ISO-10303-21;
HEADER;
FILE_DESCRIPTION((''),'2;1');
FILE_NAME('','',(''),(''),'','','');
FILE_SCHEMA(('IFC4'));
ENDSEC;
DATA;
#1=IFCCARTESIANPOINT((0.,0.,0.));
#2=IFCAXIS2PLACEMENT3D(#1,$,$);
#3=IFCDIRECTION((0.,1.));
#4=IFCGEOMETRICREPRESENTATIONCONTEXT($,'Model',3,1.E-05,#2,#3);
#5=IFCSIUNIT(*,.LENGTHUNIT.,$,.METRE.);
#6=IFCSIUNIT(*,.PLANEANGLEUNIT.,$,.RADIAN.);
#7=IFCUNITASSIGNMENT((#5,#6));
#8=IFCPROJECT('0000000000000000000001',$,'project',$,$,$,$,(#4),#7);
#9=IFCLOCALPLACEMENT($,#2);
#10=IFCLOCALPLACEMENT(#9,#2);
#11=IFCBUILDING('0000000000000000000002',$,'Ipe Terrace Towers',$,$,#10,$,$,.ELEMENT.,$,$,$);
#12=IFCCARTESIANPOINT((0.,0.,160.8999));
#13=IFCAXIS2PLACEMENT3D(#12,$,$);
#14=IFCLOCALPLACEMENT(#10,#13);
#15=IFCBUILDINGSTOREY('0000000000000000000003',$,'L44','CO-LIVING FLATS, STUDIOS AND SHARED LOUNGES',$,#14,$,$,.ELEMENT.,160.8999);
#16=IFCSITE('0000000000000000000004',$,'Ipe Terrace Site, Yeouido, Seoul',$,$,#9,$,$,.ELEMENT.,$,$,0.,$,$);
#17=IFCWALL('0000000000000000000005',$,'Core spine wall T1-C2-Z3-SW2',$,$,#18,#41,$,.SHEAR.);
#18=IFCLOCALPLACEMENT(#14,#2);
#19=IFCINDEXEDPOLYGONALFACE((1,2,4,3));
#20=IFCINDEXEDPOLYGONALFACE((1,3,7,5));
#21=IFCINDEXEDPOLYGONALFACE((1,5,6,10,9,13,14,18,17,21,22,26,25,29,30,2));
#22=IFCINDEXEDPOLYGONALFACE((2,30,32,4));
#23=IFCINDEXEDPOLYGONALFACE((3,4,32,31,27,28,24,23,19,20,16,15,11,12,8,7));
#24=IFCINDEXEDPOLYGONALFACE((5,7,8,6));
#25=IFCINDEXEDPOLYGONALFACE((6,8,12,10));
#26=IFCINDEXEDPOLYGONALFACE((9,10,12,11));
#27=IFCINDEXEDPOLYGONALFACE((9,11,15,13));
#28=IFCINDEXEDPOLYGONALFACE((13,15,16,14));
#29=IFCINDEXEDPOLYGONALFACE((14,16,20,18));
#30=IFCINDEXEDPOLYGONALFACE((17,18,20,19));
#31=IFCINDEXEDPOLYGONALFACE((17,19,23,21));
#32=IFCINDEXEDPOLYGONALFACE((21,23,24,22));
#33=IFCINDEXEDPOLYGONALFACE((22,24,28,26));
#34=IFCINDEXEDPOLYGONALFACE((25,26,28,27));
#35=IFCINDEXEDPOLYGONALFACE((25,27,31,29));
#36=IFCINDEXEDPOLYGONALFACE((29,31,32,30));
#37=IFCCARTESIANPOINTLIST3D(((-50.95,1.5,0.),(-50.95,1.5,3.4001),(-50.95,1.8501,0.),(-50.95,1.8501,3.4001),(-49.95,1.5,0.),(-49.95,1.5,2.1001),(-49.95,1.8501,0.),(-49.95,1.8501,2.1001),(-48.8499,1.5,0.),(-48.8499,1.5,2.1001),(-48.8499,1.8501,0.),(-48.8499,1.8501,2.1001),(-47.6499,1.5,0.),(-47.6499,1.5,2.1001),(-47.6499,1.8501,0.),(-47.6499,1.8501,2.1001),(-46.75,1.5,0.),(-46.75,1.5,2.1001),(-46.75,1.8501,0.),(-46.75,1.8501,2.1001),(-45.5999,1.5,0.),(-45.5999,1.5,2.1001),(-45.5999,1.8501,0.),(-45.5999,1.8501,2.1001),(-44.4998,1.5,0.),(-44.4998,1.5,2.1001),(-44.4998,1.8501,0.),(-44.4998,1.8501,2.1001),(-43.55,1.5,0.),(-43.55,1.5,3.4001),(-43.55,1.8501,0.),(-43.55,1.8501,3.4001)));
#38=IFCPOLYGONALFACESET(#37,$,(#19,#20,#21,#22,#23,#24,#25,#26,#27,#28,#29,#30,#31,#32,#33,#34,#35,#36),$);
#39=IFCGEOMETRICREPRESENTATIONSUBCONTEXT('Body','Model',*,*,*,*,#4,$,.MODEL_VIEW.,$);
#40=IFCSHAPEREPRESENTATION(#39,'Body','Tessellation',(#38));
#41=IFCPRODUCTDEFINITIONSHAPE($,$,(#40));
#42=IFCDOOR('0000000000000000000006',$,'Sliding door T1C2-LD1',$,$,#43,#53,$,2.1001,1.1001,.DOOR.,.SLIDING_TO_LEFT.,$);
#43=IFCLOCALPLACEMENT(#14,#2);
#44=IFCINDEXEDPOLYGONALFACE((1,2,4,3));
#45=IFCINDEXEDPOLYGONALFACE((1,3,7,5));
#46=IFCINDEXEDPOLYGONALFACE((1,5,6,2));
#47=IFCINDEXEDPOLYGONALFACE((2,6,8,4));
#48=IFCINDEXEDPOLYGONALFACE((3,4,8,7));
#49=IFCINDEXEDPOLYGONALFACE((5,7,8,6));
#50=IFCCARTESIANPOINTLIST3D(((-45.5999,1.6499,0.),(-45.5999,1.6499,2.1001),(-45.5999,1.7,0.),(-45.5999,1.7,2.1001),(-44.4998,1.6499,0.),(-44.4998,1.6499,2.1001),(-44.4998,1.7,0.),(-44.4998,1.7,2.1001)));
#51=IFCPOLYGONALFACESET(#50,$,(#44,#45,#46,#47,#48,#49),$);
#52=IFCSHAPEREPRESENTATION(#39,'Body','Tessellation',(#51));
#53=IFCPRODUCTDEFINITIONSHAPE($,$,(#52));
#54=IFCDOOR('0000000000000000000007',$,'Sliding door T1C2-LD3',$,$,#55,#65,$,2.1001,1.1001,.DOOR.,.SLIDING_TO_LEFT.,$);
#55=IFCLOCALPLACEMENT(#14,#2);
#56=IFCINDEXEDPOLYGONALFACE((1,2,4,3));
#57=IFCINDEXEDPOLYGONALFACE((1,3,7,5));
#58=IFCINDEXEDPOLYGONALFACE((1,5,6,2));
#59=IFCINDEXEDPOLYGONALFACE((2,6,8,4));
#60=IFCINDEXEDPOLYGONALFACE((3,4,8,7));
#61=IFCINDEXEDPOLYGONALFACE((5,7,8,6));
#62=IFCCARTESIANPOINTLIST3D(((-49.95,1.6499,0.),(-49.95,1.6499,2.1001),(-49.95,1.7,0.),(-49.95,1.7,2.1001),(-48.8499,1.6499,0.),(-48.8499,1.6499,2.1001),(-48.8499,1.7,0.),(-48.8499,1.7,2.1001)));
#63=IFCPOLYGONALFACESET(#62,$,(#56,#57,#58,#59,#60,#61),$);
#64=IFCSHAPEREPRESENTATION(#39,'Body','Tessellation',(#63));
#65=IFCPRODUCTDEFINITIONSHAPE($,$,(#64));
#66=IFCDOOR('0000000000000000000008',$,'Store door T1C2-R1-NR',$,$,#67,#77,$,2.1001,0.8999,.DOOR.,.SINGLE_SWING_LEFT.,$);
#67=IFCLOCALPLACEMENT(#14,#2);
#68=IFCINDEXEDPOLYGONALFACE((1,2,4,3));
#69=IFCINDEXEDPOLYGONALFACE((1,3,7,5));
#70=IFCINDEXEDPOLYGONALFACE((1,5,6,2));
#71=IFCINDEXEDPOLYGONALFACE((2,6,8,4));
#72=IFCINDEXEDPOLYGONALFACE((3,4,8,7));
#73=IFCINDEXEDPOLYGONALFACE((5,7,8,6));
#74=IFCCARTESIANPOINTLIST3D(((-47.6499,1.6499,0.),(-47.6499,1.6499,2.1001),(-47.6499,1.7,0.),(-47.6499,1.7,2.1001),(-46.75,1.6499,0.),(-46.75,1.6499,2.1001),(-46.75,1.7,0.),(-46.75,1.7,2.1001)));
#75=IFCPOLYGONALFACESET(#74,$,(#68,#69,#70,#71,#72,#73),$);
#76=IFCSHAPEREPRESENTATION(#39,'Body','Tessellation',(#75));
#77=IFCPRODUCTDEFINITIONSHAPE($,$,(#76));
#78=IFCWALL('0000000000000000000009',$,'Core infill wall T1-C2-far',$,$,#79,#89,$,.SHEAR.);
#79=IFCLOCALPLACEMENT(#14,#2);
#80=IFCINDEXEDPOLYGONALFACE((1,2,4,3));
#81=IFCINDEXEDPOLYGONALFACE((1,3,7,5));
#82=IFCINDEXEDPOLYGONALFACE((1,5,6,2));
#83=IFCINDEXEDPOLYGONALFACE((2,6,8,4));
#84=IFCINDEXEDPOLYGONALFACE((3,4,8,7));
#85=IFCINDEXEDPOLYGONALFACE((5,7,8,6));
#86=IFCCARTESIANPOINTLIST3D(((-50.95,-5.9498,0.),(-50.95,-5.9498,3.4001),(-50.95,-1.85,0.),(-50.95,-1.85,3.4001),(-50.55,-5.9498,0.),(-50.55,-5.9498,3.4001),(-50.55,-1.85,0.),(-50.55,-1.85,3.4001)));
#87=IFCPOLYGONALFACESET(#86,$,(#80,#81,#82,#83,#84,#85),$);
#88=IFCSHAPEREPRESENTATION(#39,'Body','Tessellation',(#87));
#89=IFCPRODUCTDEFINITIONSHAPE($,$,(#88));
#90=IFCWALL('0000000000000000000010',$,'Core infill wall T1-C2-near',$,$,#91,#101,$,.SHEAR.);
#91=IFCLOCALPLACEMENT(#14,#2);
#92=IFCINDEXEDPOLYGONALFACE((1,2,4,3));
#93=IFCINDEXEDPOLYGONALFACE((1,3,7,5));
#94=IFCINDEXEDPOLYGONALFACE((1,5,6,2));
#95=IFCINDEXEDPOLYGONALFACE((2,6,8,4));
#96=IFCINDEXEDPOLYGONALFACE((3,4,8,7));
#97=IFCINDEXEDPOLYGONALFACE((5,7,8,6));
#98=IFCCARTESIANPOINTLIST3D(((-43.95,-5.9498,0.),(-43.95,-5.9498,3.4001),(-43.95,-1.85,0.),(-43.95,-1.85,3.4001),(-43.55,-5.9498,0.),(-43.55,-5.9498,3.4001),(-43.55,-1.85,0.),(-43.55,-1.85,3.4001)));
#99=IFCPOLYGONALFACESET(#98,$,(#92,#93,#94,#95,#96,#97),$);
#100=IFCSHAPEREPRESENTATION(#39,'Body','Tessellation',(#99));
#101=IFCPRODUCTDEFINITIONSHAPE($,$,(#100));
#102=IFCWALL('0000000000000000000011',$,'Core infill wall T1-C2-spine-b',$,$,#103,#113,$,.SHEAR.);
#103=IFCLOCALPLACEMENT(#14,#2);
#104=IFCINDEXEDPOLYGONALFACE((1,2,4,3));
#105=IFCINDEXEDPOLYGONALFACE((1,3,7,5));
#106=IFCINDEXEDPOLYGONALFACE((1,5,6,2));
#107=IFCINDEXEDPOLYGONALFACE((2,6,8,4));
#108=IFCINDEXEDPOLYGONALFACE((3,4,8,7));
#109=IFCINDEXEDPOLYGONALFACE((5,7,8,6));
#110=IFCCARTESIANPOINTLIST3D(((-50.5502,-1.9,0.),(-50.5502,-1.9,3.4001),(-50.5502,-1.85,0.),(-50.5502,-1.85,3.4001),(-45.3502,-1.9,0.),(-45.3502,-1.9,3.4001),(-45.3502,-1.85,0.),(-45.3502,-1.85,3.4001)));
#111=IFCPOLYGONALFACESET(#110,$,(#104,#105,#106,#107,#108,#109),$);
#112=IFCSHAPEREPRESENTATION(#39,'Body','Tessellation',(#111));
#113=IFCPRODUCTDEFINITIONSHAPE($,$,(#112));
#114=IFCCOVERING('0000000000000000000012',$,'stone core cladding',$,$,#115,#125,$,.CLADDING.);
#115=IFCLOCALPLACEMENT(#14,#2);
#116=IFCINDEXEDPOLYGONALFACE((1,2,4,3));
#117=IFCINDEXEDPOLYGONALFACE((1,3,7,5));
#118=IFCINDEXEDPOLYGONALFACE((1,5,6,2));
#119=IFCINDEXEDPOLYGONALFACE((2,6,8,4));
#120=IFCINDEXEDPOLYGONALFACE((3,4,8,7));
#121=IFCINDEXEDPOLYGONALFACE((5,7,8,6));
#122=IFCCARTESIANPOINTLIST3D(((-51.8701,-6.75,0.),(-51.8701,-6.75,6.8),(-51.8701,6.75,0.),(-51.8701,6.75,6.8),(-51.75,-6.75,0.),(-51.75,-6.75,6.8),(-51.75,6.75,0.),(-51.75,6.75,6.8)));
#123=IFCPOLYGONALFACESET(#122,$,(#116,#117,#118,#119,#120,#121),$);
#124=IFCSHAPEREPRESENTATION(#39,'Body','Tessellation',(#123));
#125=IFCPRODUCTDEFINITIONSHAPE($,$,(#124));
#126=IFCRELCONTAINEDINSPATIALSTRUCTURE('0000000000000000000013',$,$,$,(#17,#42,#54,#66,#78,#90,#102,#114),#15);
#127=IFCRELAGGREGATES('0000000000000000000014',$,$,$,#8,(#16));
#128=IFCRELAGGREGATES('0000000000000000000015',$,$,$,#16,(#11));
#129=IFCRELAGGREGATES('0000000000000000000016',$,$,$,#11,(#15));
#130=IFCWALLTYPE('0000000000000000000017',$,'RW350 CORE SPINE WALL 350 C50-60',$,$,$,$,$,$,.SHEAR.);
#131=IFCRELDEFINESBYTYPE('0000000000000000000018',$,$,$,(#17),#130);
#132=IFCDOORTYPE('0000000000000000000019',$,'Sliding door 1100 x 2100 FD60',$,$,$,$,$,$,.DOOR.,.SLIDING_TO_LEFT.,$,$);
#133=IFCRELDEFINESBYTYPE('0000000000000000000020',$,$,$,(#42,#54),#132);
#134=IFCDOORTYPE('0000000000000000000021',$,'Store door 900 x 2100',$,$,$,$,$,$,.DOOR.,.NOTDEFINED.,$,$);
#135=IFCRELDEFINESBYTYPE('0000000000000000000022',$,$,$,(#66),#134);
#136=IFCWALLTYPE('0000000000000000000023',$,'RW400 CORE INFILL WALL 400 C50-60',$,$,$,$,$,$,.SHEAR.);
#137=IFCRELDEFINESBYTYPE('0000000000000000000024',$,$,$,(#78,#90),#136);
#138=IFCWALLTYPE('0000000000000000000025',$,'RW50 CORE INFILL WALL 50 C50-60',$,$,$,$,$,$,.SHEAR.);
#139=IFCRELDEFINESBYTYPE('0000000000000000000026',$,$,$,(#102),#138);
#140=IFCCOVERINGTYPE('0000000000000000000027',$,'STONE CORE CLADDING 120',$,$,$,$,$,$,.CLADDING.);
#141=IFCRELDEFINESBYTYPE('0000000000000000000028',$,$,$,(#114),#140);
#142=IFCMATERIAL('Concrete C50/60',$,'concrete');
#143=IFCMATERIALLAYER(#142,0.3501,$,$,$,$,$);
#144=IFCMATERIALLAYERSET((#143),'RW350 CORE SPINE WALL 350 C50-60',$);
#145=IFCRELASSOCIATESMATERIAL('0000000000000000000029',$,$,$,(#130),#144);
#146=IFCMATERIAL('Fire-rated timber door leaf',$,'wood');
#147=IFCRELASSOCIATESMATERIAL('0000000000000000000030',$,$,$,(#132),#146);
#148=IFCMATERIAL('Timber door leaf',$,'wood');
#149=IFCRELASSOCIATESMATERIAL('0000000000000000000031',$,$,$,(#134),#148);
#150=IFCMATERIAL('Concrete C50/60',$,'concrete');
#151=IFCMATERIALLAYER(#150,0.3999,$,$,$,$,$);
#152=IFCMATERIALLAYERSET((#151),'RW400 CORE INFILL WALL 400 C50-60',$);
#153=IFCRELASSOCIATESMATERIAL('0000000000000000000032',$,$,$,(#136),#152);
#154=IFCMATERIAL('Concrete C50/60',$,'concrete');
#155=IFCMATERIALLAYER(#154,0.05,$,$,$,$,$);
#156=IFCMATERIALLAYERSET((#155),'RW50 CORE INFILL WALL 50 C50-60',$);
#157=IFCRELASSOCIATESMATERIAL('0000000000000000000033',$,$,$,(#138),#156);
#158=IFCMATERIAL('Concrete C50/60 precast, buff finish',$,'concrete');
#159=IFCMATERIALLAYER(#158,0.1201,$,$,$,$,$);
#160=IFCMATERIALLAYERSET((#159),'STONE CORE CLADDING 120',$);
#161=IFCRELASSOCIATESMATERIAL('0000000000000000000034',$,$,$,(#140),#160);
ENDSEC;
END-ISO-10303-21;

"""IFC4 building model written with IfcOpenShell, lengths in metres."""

from ifc_helpers import new_model, si_unit, direction, frame, frame_2d, origin, origin_2d, place, context, subcontext, project, spatial, rectangle, extrude, material, layer, layer_set, type_object, element, fill, save


model = new_model("IFC4")

# Units and contexts
model_context = context("Model", 3, precision=1e-05, world=origin(), true_north=direction((0.0, 1.0)))
body_context = subcontext(model_context, "Body", "Model", "MODEL_VIEW")
ifc_project = project(units=[si_unit("LENGTHUNIT", "METRE"), si_unit("PLANEANGLEUNIT", "RADIAN")], contexts=[model_context])

# Site, building, storey
site_placement = place(None, origin())
site = spatial("IfcSite", under=ifc_project, at=site_placement, Name="Ipe Terrace Site, Yeouido, Seoul", CompositionType="ELEMENT", RefElevation=0.0)
building_placement = place(site_placement, origin())
building = spatial("IfcBuilding", under=site, at=building_placement, Name="Ipe Terrace Towers", CompositionType="ELEMENT")
storey_placement = place(building_placement, frame((0.0, 0.0, 160.8999)))
storey = spatial("IfcBuildingStorey", under=building, at=storey_placement, Name="L44", Description="CO-LIVING FLATS, STUDIOS AND SHARED LOUNGES", CompositionType="ELEMENT", Elevation=160.8999)

# Shared definitions
ifc_material_1 = material(Name="Concrete C50/60", Category="concrete")
ifc_layer_1 = layer(ifc_material_1, 0.3501)
ifc_layer_set_1 = layer_set([ifc_layer_1], Name="RW350 CORE SPINE WALL 350 C50-60")
wall_type_1 = type_object("IfcWallType", Name="RW350 CORE SPINE WALL 350 C50-60", PredefinedType="SHEAR", material=ifc_layer_set_1)

# Wall, openings, doors
wall_1_placement = place(storey_placement, frame((-50.95, 1.675, 0.0), z_axis=(0.0, 0.0, 1.0), x_axis=(1.0, 0.0, 0.0)))
wall_1 = element("IfcWall", 1, at=wall_1_placement, inside=storey, type_object=wall_type_1, Name="Core spine wall T1-C2-Z3-SW2", PredefinedType="SHEAR", context=body_context, shape_type="SweptSolid", body=[
    extrude(rectangle(XDim=7.3999, YDim=0.3501, at=frame_2d((3.7, 0.0))), origin(), (0.0, 0.0, 1.0), 3.4001),
])
opening_1_placement = place(wall_1_placement, frame((5.3501, 0.0, 0.0)))
opening_1 = element("IfcOpeningElement", 2, at=opening_1_placement, cuts=wall_1, PredefinedType="OPENING", context=body_context, shape_type="SweptSolid", body=[
    extrude(rectangle(XDim=1.1001, YDim=2.1001, at=frame_2d((0.55, 1.05))), frame((0.0, 0.1851, 0.0), z_axis=(0.0, -1.0, 0.0), x_axis=(1.0, 0.0, 0.0)), (0.0, 0.0, 1.0), 0.3701),
])
opening_2_placement = place(wall_1_placement, frame((1.0, 0.0, 0.0)))
opening_2 = element("IfcOpeningElement", 3, at=opening_2_placement, cuts=wall_1, PredefinedType="OPENING", context=body_context, shape_type="SweptSolid", body=[
    extrude(rectangle(XDim=1.1001, YDim=2.1001, at=frame_2d((0.55, 1.05))), frame((0.0, 0.1851, 0.0), z_axis=(0.0, -1.0, 0.0), x_axis=(1.0, 0.0, 0.0)), (0.0, 0.0, 1.0), 0.3701),
])
opening_3_placement = place(wall_1_placement, frame((3.3, 0.0, 0.0)))
opening_3 = element("IfcOpeningElement", 4, at=opening_3_placement, cuts=wall_1, PredefinedType="OPENING", context=body_context, shape_type="SweptSolid", body=[
    extrude(rectangle(XDim=0.8999, YDim=2.1001, at=frame_2d((0.45, 1.05))), frame((0.0, 0.1851, 0.0), z_axis=(0.0, -1.0, 0.0), x_axis=(1.0, 0.0, 0.0)), (0.0, 0.0, 1.0), 0.3701),
])
ifc_material_2 = material(Name="Fire-rated timber door leaf", Category="wood")
door_type_1 = type_object("IfcDoorType", Name="Sliding door 1100 x 2100 FD60", OperationType="SLIDING_TO_LEFT", PredefinedType="DOOR", material=ifc_material_2)
door_1_placement = place(opening_1_placement, origin())
door_1 = element("IfcDoor", 5, at=door_1_placement, inside=storey, type_object=door_type_1, Name="Sliding door T1C2-LD1", OperationType="SLIDING_TO_LEFT", OverallHeight=2.1001, OverallWidth=1.1001, PredefinedType="DOOR", context=body_context, shape_type="SweptSolid", body=[
    extrude(rectangle(XDim=1.1001, YDim=2.1001, at=frame_2d((0.55, 1.05))), frame((0.0, 0.0249, 0.0), z_axis=(0.0, -1.0, 0.0), x_axis=(1.0, 0.0, 0.0)), (0.0, 0.0, 1.0), 0.05),
])
fill(opening_1, door_1)
door_2_placement = place(opening_2_placement, origin())
door_2 = element("IfcDoor", 6, at=door_2_placement, inside=storey, type_object=door_type_1, Name="Sliding door T1C2-LD3", OperationType="SLIDING_TO_LEFT", OverallHeight=2.1001, OverallWidth=1.1001, PredefinedType="DOOR", context=body_context, shape_type="SweptSolid", body=[
    extrude(rectangle(XDim=1.1001, YDim=2.1001, at=frame_2d((0.55, 1.05))), frame((0.0, 0.0249, 0.0), z_axis=(0.0, -1.0, 0.0), x_axis=(1.0, 0.0, 0.0)), (0.0, 0.0, 1.0), 0.05),
])
fill(opening_2, door_2)
ifc_material_3 = material(Name="Timber door leaf", Category="wood")
door_type_2 = type_object("IfcDoorType", Name="Store door 900 x 2100", OperationType="NOTDEFINED", PredefinedType="DOOR", material=ifc_material_3)
door_3_placement = place(opening_3_placement, origin())
door_3 = element("IfcDoor", 7, at=door_3_placement, inside=storey, type_object=door_type_2, Name="Store door T1C2-R1-NR", OperationType="SINGLE_SWING_LEFT", OverallHeight=2.1001, OverallWidth=0.8999, PredefinedType="DOOR", context=body_context, shape_type="SweptSolid", body=[
    extrude(rectangle(XDim=0.8999, YDim=2.1001, at=frame_2d((0.45, 1.05))), frame((0.0, 0.0249, 0.0), z_axis=(0.0, -1.0, 0.0), x_axis=(1.0, 0.0, 0.0)), (0.0, 0.0, 1.0), 0.05),
])
fill(opening_3, door_3)

# Walls
ifc_material_4 = material(Name="Concrete C50/60", Category="concrete")
ifc_layer_2 = layer(ifc_material_4, 0.3999)
ifc_layer_set_2 = layer_set([ifc_layer_2], Name="RW400 CORE INFILL WALL 400 C50-60")
wall_type_2 = type_object("IfcWallType", Name="RW400 CORE INFILL WALL 400 C50-60", PredefinedType="SHEAR", material=ifc_layer_set_2)
for number, where, z_axis, x_axis, name in (
    (8, (-50.75, -1.8501, 0.0), (0.0, 0.0, 1.0), (0.0, -1.0, 0.0), "Core infill wall T1-C2-far"),
    (9, (-43.75, -1.8501, 0.0), (0.0, 0.0, 1.0), (0.0, -1.0, 0.0), "Core infill wall T1-C2-near"),
):
    element("IfcWall", number, at=place(storey_placement, frame(where, z_axis=z_axis, x_axis=x_axis)), inside=storey, type_object=wall_type_2, Name=name, PredefinedType="SHEAR", context=body_context, shape_type="SweptSolid", body=[
        extrude(rectangle(XDim=4.0999, YDim=0.3999, at=frame_2d((2.0498, 0.0))), origin(), (0.0, 0.0, 1.0), 3.4001),
    ])
ifc_material_5 = material(Name="Concrete C50/60", Category="concrete")
ifc_layer_3 = layer(ifc_material_5, 0.05)
ifc_layer_set_3 = layer_set([ifc_layer_3], Name="RW50 CORE INFILL WALL 50 C50-60")
wall_type_3 = type_object("IfcWallType", Name="RW50 CORE INFILL WALL 50 C50-60", PredefinedType="SHEAR", material=ifc_layer_set_3)
wall_2_placement = place(storey_placement, frame((-45.3501, -1.875, 0.0), z_axis=(0.0, 0.0, 1.0), x_axis=(-1.0, 0.0, 0.0)))
element("IfcWall", 10, at=wall_2_placement, inside=storey, type_object=wall_type_3, Name="Core infill wall T1-C2-spine-b", PredefinedType="SHEAR", context=body_context, shape_type="SweptSolid", body=[
    extrude(rectangle(XDim=5.2, YDim=0.05, at=frame_2d((2.6001, 0.0))), origin(), (0.0, 0.0, 1.0), 3.4001),
])

# Covering
ifc_material_6 = material(Name="Concrete C50/60 precast, buff finish", Category="concrete")
ifc_layer_4 = layer(ifc_material_6, 0.1201)
ifc_layer_set_4 = layer_set([ifc_layer_4], Name="STONE CORE CLADDING 120")
covering_type = type_object("IfcCoveringType", Name="STONE CORE CLADDING 120", PredefinedType="CLADDING", material=ifc_layer_set_4)
covering_placement = place(storey_placement, frame((-51.8101, 0.0, 0.0), z_axis=(0.0, 0.0, 1.0), x_axis=(0.0, -1.0, 0.0)))
element("IfcCovering", 11, at=covering_placement, inside=storey, type_object=covering_type, Name="stone core cladding", PredefinedType="CLADDING", context=body_context, shape_type="SweptSolid", body=[
    extrude(rectangle(XDim=13.5, YDim=0.1201, at=origin_2d()), origin(), (0.0, 0.0, 1.0), 6.8),
])

save(model, "model.ifc")
